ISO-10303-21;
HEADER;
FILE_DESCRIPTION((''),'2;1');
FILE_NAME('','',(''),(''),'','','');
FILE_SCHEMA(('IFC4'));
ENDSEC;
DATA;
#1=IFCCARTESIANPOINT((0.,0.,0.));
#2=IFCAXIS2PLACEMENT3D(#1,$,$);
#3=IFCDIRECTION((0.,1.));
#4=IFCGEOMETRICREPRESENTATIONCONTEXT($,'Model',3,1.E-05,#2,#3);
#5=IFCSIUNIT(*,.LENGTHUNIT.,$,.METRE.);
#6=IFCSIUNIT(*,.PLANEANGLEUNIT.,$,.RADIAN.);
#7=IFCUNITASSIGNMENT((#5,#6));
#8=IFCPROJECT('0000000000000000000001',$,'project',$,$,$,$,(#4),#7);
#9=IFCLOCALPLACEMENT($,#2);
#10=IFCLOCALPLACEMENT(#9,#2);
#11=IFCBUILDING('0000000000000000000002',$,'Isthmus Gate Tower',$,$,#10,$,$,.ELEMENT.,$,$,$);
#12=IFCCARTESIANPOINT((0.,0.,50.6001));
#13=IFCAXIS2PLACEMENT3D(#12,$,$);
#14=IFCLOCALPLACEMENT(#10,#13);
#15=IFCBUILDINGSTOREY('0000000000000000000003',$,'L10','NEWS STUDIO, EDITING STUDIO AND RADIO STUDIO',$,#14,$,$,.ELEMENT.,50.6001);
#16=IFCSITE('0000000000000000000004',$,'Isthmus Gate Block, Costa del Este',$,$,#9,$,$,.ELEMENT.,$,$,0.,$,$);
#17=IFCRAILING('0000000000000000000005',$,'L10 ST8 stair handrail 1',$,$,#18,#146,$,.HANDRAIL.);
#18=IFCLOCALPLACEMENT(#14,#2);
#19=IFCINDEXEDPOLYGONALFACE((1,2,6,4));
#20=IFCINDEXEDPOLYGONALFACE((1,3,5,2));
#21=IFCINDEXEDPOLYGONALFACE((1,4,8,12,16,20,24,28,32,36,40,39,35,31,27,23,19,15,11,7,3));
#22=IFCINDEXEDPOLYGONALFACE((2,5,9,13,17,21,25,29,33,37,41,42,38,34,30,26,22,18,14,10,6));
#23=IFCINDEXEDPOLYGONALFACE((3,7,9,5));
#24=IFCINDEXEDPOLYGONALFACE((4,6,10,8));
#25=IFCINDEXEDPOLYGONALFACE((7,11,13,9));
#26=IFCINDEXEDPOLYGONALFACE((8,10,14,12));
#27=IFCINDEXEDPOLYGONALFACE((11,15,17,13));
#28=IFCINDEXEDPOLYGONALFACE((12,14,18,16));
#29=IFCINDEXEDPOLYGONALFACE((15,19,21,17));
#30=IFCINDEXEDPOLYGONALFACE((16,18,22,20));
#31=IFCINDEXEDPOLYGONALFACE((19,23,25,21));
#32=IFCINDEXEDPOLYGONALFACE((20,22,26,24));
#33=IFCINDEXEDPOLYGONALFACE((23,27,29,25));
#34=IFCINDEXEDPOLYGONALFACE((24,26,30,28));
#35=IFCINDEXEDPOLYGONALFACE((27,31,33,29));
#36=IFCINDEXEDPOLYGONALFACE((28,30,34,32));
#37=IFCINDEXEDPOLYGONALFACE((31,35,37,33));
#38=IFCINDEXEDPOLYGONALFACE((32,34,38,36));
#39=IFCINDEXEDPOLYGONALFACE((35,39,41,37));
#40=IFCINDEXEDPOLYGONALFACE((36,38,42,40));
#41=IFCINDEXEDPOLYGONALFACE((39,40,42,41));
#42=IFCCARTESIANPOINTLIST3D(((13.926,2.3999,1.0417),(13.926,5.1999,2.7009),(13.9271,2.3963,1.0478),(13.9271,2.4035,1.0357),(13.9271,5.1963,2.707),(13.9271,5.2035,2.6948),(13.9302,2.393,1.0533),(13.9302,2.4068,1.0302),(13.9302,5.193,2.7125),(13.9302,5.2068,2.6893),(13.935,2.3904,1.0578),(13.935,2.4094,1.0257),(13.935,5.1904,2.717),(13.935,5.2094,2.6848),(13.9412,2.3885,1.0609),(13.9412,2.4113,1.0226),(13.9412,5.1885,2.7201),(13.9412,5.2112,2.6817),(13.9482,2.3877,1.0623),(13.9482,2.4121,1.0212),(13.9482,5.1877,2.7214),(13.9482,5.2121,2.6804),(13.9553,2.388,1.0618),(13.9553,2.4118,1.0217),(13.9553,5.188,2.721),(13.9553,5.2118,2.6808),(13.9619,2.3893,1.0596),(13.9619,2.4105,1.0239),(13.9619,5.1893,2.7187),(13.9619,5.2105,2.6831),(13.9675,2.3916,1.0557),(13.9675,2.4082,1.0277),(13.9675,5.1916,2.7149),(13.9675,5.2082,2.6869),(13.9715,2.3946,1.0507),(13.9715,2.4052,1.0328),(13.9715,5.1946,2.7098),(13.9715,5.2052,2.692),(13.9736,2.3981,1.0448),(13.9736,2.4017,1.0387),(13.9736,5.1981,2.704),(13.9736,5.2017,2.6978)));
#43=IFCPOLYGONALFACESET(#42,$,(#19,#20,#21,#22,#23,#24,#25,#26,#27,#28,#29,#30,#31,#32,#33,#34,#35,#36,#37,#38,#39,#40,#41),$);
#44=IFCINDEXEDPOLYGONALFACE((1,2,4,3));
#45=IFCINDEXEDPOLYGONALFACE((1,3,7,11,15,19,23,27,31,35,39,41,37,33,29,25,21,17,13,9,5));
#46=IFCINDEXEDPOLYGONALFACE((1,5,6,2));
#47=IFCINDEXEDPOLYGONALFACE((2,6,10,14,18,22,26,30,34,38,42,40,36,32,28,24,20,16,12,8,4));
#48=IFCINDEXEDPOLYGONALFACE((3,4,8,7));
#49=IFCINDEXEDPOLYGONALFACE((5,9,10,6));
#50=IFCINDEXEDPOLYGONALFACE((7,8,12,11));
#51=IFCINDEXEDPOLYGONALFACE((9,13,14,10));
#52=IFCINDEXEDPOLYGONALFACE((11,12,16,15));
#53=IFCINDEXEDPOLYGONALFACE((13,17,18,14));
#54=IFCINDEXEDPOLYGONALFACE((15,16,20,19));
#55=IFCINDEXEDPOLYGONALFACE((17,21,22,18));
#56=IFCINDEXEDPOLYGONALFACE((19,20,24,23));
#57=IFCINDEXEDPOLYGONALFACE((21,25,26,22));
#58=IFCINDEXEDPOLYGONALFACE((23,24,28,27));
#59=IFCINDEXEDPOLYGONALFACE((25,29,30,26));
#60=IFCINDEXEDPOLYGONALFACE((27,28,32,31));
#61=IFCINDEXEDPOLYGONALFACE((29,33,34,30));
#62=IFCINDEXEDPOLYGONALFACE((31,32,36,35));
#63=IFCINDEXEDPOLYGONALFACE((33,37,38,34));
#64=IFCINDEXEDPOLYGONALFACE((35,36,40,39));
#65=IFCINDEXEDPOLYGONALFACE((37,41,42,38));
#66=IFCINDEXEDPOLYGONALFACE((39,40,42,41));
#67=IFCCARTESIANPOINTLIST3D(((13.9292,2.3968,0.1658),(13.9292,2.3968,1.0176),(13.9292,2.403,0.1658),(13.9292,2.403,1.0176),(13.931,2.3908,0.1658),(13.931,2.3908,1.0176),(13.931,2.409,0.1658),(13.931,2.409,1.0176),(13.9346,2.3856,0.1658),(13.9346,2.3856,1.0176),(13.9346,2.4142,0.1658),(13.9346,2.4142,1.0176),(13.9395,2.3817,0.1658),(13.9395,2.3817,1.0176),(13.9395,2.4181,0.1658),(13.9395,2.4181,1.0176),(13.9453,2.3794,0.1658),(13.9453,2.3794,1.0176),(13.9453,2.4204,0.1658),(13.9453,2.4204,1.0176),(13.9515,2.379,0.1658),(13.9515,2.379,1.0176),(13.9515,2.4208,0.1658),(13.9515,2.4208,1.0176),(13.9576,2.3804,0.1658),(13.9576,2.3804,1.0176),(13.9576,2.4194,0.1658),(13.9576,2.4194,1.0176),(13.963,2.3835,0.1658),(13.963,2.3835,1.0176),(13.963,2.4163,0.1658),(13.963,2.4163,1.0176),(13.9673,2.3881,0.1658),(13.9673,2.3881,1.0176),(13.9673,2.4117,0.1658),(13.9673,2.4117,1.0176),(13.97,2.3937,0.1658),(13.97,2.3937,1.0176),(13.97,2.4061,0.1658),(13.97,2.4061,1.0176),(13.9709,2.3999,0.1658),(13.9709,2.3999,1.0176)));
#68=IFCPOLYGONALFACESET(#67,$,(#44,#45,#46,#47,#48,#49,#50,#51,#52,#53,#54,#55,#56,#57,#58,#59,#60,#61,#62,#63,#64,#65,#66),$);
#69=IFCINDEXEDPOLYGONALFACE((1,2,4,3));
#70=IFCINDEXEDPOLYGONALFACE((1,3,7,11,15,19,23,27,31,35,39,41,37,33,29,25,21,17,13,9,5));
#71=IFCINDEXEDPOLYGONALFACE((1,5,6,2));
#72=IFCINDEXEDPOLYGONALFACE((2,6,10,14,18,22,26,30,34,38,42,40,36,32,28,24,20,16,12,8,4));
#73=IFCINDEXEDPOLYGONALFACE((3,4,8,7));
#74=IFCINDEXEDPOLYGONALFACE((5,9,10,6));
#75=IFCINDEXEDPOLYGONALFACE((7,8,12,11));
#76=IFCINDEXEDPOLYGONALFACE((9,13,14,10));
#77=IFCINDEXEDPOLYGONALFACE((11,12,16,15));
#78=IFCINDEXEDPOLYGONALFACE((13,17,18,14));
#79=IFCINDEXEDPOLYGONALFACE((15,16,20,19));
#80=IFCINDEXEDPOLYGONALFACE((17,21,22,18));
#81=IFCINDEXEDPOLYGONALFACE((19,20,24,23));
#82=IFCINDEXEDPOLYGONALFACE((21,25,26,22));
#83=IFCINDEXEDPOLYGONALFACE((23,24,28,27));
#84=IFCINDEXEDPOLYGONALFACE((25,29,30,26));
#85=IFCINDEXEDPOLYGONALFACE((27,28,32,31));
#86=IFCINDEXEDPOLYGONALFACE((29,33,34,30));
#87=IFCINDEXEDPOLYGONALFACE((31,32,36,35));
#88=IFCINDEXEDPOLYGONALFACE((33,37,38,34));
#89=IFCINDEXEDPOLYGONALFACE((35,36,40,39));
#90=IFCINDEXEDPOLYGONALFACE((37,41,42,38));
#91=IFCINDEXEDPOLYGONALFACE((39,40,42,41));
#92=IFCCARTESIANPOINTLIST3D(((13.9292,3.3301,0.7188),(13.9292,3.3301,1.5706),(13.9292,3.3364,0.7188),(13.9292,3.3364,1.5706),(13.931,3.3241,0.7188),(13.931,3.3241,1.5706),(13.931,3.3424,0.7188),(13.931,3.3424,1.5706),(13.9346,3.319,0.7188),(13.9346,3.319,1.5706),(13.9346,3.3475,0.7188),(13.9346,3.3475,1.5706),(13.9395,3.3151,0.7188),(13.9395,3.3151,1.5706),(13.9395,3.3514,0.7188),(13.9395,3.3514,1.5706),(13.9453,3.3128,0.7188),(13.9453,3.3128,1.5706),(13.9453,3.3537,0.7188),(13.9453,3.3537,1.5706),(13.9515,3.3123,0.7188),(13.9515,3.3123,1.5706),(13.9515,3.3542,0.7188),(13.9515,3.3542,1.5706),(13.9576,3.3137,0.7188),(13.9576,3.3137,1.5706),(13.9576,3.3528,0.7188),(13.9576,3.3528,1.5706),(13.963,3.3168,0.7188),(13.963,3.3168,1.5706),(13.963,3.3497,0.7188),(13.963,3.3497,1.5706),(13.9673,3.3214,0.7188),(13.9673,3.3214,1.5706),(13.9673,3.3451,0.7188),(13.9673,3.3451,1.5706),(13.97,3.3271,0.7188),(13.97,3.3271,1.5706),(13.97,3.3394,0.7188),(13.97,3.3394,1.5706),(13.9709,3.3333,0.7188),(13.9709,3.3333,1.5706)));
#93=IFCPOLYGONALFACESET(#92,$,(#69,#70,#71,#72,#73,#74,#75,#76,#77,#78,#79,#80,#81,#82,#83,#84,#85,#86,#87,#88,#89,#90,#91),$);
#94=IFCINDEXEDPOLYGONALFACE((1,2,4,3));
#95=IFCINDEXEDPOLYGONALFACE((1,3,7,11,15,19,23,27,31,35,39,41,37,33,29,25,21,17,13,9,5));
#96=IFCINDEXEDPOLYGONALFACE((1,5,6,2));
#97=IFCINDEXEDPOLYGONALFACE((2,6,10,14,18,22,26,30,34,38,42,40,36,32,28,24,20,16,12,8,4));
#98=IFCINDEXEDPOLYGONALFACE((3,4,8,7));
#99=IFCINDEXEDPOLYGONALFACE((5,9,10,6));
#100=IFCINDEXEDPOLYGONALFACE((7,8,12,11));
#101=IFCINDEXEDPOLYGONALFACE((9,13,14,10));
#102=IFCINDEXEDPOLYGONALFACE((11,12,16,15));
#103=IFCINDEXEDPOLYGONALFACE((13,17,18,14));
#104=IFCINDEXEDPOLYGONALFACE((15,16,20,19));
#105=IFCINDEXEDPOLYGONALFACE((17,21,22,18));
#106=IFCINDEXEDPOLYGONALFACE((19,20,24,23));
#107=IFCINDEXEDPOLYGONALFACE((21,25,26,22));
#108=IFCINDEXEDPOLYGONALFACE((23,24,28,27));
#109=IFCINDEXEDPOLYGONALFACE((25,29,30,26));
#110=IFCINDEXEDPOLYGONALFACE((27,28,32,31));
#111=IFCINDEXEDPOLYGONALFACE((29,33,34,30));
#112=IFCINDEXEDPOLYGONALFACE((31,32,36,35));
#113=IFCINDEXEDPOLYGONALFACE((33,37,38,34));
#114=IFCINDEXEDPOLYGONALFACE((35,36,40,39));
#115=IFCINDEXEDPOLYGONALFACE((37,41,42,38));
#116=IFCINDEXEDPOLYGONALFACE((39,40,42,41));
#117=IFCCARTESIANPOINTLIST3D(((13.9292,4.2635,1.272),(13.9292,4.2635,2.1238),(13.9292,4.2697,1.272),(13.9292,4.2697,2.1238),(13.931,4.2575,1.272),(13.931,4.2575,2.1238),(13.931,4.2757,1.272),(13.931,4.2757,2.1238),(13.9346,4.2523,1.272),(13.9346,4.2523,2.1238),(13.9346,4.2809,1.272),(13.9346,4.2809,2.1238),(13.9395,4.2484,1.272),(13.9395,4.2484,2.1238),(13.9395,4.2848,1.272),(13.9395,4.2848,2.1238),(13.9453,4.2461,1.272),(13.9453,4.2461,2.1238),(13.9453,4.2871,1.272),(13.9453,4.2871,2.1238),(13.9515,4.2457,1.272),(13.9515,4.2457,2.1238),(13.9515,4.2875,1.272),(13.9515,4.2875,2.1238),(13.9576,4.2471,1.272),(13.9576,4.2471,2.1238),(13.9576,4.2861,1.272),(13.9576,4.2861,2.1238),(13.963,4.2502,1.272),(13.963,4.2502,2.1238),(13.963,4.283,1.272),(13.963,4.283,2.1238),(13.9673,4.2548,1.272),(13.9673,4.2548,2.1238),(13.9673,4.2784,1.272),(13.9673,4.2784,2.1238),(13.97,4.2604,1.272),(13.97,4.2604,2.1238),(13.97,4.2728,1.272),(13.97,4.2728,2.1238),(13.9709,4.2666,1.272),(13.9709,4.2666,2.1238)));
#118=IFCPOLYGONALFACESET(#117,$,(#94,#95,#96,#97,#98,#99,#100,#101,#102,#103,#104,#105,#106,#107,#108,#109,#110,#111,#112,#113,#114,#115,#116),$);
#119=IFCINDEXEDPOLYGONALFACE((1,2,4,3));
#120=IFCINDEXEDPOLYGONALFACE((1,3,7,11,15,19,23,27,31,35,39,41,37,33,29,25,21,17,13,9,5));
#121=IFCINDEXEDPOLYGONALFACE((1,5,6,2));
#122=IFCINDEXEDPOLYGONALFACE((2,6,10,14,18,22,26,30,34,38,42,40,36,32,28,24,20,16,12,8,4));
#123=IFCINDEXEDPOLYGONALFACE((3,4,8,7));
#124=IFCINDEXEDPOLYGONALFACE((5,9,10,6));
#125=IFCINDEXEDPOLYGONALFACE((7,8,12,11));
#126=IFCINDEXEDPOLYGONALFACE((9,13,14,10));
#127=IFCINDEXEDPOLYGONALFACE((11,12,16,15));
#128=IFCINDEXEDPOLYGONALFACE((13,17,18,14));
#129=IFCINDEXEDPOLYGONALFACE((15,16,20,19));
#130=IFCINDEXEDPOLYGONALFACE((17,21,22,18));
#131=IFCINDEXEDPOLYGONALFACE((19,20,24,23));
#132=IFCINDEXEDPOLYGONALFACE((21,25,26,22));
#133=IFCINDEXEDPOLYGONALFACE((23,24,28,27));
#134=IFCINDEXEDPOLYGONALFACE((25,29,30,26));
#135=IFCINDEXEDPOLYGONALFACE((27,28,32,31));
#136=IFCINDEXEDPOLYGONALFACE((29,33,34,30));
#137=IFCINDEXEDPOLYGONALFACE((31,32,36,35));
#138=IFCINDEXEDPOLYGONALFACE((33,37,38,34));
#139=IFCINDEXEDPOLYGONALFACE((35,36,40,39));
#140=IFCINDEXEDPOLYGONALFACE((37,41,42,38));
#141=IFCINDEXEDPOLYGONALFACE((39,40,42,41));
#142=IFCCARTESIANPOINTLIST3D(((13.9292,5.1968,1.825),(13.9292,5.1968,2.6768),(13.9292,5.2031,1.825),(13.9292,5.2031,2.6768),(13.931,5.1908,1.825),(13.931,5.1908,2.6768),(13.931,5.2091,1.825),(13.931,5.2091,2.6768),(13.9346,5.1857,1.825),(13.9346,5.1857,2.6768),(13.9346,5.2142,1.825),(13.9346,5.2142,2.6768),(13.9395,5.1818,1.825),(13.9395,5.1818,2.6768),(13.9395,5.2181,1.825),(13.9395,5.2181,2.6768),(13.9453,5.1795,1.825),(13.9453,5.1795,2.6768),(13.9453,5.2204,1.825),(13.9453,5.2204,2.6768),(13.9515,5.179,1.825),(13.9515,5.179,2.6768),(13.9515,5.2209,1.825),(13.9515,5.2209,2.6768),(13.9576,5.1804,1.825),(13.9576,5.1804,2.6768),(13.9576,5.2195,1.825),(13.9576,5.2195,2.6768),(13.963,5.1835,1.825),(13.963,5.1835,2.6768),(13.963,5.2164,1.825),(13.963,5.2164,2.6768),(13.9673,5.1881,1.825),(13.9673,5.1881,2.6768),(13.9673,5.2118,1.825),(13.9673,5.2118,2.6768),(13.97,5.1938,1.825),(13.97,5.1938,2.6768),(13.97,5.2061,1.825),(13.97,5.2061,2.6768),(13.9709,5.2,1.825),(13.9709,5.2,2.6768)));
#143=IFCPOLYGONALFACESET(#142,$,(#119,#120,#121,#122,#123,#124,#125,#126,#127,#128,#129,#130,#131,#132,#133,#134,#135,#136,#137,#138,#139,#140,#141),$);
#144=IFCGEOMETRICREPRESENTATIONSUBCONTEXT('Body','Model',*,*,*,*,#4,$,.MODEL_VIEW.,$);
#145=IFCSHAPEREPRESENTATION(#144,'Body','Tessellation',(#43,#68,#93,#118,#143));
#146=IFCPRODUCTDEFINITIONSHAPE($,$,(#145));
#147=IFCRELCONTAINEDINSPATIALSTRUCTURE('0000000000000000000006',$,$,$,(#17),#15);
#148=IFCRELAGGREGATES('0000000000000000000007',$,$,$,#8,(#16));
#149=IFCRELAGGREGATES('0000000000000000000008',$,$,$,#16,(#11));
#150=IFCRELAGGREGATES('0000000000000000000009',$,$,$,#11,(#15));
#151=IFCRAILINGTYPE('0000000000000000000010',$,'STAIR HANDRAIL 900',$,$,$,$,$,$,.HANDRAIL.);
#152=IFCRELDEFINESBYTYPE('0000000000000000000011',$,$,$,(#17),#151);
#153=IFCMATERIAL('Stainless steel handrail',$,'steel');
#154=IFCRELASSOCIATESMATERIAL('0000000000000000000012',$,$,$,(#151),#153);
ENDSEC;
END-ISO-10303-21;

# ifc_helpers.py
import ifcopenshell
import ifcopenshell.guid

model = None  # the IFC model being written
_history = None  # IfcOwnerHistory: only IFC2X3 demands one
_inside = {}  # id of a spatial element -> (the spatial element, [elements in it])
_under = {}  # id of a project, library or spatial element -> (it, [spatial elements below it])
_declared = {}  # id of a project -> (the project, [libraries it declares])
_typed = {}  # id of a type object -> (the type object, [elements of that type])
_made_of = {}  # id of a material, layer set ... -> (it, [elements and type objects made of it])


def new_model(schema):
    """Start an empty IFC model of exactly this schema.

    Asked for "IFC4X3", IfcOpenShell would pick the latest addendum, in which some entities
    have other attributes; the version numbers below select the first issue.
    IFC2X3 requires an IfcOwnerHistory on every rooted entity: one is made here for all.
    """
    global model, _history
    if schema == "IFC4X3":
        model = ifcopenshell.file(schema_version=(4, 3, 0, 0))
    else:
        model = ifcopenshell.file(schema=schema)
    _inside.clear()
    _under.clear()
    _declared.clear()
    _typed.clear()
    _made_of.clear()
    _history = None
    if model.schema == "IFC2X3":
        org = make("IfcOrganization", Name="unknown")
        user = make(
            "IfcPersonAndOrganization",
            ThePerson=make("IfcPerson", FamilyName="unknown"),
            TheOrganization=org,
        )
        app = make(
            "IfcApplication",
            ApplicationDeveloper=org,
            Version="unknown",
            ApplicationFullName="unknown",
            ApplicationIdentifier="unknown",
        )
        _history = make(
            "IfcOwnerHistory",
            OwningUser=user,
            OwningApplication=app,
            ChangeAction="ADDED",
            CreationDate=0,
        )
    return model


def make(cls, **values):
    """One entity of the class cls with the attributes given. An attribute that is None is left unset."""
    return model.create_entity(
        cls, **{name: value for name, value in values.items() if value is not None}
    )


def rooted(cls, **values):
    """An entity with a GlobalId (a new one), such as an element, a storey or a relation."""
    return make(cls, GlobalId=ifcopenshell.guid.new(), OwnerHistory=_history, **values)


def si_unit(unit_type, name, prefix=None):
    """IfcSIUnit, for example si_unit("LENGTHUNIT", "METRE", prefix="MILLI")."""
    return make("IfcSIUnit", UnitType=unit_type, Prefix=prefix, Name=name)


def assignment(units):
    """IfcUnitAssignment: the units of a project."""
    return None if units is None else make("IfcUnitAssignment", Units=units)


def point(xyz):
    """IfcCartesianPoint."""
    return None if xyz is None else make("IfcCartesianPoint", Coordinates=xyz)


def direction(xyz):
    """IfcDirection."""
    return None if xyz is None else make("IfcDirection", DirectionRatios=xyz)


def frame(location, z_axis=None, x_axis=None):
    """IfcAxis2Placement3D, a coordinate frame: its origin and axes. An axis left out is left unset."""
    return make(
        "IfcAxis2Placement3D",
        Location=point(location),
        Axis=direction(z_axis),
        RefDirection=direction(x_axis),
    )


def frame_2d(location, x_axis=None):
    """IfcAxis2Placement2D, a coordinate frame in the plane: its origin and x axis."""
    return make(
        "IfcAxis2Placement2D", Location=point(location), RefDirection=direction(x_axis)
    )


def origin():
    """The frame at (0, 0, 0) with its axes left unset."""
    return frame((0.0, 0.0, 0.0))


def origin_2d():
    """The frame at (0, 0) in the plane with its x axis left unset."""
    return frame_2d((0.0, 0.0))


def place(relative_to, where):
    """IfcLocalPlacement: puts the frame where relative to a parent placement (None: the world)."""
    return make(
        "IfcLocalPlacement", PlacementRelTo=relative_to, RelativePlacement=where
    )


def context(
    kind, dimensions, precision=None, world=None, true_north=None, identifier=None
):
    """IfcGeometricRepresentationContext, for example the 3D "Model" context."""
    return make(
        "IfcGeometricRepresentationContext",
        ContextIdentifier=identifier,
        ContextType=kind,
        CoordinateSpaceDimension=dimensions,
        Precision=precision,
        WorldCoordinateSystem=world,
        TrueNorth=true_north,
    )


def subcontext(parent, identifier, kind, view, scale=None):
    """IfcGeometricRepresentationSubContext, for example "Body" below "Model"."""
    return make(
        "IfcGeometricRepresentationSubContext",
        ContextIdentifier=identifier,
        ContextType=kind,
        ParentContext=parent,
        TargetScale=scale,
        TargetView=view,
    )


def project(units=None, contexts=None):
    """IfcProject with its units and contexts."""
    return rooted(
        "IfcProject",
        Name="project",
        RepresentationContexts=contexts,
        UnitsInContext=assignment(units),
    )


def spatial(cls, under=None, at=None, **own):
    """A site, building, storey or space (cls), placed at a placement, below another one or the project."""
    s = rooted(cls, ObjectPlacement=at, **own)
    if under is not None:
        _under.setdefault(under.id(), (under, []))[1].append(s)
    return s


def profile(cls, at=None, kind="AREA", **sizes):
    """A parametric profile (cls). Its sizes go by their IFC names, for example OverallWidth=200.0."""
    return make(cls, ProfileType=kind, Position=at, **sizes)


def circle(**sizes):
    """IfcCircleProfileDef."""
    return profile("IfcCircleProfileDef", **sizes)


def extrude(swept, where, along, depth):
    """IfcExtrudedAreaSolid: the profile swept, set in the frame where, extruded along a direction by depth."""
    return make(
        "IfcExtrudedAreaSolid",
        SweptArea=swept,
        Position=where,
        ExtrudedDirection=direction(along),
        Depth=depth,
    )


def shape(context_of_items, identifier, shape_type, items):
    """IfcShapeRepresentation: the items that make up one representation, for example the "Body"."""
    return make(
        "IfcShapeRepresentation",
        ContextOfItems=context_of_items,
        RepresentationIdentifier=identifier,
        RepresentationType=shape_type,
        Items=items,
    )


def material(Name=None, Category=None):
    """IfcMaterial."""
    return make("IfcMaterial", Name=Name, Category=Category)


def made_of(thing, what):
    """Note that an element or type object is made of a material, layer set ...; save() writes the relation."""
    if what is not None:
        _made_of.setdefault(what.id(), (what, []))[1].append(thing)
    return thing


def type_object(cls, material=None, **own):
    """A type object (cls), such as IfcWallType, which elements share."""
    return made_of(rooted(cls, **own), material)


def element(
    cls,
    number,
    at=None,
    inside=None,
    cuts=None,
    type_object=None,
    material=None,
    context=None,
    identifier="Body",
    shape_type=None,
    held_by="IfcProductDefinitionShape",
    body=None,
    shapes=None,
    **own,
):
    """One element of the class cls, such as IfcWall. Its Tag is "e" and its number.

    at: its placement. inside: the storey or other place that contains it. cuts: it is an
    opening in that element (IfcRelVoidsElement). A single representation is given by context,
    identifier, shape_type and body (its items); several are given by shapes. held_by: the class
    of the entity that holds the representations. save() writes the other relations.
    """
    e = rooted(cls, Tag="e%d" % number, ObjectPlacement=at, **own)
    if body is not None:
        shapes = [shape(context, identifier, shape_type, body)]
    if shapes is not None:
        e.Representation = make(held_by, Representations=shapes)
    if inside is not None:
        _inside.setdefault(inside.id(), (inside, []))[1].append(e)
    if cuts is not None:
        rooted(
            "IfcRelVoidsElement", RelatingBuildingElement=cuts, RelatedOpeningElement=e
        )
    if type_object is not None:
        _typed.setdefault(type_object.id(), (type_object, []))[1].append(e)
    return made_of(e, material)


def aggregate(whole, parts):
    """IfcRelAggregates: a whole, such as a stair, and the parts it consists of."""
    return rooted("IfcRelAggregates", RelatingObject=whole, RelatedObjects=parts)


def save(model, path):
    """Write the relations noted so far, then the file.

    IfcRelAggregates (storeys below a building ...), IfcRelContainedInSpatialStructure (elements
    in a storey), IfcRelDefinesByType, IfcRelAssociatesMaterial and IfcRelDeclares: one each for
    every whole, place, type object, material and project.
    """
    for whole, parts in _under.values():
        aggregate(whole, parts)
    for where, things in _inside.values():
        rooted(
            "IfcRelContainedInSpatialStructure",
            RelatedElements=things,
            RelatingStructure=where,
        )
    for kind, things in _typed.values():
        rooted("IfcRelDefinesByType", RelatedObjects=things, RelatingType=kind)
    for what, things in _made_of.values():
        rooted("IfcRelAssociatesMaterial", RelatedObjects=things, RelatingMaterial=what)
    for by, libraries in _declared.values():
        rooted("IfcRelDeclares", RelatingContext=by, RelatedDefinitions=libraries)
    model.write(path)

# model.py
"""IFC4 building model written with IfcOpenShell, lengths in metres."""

from ifc_helpers import new_model, si_unit, direction, frame, origin, origin_2d, place, context, subcontext, project, spatial, circle, extrude, material, type_object, element, save


model = new_model("IFC4")

# Units and contexts
model_context = context("Model", 3, precision=1e-05, world=origin(), true_north=direction((0.0, 1.0)))
body_context = subcontext(model_context, "Body", "Model", "MODEL_VIEW")
ifc_project = project(units=[si_unit("LENGTHUNIT", "METRE"), si_unit("PLANEANGLEUNIT", "RADIAN")], contexts=[model_context])

# Site, building, storey
site_placement = place(None, origin())
site = spatial("IfcSite", under=ifc_project, at=site_placement, Name="Isthmus Gate Block, Costa del Este", CompositionType="ELEMENT", RefElevation=0.0)
building_placement = place(site_placement, origin())
building = spatial("IfcBuilding", under=site, at=building_placement, Name="Isthmus Gate Tower", CompositionType="ELEMENT")
storey_placement = place(building_placement, frame((0.0, 0.0, 50.6001)))
storey = spatial("IfcBuildingStorey", under=building, at=storey_placement, Name="L10", Description="NEWS STUDIO, EDITING STUDIO AND RADIO STUDIO", CompositionType="ELEMENT", Elevation=50.6001)

# Railing
ifc_material_1 = material(Name="Stainless steel handrail", Category="steel")
railing_type = type_object("IfcRailingType", Name="STAIR HANDRAIL 900", PredefinedType="HANDRAIL", material=ifc_material_1)
railing_placement = place(storey_placement, frame((13.95, 2.3999, 0.1658)))
element("IfcRailing", 1, at=railing_placement, inside=storey, type_object=railing_type, Name="L10 ST8 stair handrail 1", PredefinedType="HANDRAIL", context=body_context, shape_type="SweptSolid", body=[
    extrude(circle(Radius=0.0239, at=origin_2d()), frame((0.0, 0.0, 0.876), z_axis=(0.0, 0.860306, 0.509778), x_axis=(-1.0, 0.0, 0.0)), (0.0, 0.0, 1.0), 3.2546),
    extrude(circle(Radius=0.021, at=origin_2d()), origin(), (0.0, 0.0, 1.0), 0.8518),
    extrude(circle(Radius=0.021, at=origin_2d()), frame((0.0, 0.9333, 0.553)), (0.0, 0.0, 1.0), 0.8518),
    extrude(circle(Radius=0.021, at=origin_2d()), frame((0.0, 1.8667, 1.1062)), (0.0, 0.0, 1.0), 0.8518),
    extrude(circle(Radius=0.021, at=origin_2d()), frame((0.0, 2.8, 1.6592)), (0.0, 0.0, 1.0), 0.8518),
])

save(model, "model.ifc")
